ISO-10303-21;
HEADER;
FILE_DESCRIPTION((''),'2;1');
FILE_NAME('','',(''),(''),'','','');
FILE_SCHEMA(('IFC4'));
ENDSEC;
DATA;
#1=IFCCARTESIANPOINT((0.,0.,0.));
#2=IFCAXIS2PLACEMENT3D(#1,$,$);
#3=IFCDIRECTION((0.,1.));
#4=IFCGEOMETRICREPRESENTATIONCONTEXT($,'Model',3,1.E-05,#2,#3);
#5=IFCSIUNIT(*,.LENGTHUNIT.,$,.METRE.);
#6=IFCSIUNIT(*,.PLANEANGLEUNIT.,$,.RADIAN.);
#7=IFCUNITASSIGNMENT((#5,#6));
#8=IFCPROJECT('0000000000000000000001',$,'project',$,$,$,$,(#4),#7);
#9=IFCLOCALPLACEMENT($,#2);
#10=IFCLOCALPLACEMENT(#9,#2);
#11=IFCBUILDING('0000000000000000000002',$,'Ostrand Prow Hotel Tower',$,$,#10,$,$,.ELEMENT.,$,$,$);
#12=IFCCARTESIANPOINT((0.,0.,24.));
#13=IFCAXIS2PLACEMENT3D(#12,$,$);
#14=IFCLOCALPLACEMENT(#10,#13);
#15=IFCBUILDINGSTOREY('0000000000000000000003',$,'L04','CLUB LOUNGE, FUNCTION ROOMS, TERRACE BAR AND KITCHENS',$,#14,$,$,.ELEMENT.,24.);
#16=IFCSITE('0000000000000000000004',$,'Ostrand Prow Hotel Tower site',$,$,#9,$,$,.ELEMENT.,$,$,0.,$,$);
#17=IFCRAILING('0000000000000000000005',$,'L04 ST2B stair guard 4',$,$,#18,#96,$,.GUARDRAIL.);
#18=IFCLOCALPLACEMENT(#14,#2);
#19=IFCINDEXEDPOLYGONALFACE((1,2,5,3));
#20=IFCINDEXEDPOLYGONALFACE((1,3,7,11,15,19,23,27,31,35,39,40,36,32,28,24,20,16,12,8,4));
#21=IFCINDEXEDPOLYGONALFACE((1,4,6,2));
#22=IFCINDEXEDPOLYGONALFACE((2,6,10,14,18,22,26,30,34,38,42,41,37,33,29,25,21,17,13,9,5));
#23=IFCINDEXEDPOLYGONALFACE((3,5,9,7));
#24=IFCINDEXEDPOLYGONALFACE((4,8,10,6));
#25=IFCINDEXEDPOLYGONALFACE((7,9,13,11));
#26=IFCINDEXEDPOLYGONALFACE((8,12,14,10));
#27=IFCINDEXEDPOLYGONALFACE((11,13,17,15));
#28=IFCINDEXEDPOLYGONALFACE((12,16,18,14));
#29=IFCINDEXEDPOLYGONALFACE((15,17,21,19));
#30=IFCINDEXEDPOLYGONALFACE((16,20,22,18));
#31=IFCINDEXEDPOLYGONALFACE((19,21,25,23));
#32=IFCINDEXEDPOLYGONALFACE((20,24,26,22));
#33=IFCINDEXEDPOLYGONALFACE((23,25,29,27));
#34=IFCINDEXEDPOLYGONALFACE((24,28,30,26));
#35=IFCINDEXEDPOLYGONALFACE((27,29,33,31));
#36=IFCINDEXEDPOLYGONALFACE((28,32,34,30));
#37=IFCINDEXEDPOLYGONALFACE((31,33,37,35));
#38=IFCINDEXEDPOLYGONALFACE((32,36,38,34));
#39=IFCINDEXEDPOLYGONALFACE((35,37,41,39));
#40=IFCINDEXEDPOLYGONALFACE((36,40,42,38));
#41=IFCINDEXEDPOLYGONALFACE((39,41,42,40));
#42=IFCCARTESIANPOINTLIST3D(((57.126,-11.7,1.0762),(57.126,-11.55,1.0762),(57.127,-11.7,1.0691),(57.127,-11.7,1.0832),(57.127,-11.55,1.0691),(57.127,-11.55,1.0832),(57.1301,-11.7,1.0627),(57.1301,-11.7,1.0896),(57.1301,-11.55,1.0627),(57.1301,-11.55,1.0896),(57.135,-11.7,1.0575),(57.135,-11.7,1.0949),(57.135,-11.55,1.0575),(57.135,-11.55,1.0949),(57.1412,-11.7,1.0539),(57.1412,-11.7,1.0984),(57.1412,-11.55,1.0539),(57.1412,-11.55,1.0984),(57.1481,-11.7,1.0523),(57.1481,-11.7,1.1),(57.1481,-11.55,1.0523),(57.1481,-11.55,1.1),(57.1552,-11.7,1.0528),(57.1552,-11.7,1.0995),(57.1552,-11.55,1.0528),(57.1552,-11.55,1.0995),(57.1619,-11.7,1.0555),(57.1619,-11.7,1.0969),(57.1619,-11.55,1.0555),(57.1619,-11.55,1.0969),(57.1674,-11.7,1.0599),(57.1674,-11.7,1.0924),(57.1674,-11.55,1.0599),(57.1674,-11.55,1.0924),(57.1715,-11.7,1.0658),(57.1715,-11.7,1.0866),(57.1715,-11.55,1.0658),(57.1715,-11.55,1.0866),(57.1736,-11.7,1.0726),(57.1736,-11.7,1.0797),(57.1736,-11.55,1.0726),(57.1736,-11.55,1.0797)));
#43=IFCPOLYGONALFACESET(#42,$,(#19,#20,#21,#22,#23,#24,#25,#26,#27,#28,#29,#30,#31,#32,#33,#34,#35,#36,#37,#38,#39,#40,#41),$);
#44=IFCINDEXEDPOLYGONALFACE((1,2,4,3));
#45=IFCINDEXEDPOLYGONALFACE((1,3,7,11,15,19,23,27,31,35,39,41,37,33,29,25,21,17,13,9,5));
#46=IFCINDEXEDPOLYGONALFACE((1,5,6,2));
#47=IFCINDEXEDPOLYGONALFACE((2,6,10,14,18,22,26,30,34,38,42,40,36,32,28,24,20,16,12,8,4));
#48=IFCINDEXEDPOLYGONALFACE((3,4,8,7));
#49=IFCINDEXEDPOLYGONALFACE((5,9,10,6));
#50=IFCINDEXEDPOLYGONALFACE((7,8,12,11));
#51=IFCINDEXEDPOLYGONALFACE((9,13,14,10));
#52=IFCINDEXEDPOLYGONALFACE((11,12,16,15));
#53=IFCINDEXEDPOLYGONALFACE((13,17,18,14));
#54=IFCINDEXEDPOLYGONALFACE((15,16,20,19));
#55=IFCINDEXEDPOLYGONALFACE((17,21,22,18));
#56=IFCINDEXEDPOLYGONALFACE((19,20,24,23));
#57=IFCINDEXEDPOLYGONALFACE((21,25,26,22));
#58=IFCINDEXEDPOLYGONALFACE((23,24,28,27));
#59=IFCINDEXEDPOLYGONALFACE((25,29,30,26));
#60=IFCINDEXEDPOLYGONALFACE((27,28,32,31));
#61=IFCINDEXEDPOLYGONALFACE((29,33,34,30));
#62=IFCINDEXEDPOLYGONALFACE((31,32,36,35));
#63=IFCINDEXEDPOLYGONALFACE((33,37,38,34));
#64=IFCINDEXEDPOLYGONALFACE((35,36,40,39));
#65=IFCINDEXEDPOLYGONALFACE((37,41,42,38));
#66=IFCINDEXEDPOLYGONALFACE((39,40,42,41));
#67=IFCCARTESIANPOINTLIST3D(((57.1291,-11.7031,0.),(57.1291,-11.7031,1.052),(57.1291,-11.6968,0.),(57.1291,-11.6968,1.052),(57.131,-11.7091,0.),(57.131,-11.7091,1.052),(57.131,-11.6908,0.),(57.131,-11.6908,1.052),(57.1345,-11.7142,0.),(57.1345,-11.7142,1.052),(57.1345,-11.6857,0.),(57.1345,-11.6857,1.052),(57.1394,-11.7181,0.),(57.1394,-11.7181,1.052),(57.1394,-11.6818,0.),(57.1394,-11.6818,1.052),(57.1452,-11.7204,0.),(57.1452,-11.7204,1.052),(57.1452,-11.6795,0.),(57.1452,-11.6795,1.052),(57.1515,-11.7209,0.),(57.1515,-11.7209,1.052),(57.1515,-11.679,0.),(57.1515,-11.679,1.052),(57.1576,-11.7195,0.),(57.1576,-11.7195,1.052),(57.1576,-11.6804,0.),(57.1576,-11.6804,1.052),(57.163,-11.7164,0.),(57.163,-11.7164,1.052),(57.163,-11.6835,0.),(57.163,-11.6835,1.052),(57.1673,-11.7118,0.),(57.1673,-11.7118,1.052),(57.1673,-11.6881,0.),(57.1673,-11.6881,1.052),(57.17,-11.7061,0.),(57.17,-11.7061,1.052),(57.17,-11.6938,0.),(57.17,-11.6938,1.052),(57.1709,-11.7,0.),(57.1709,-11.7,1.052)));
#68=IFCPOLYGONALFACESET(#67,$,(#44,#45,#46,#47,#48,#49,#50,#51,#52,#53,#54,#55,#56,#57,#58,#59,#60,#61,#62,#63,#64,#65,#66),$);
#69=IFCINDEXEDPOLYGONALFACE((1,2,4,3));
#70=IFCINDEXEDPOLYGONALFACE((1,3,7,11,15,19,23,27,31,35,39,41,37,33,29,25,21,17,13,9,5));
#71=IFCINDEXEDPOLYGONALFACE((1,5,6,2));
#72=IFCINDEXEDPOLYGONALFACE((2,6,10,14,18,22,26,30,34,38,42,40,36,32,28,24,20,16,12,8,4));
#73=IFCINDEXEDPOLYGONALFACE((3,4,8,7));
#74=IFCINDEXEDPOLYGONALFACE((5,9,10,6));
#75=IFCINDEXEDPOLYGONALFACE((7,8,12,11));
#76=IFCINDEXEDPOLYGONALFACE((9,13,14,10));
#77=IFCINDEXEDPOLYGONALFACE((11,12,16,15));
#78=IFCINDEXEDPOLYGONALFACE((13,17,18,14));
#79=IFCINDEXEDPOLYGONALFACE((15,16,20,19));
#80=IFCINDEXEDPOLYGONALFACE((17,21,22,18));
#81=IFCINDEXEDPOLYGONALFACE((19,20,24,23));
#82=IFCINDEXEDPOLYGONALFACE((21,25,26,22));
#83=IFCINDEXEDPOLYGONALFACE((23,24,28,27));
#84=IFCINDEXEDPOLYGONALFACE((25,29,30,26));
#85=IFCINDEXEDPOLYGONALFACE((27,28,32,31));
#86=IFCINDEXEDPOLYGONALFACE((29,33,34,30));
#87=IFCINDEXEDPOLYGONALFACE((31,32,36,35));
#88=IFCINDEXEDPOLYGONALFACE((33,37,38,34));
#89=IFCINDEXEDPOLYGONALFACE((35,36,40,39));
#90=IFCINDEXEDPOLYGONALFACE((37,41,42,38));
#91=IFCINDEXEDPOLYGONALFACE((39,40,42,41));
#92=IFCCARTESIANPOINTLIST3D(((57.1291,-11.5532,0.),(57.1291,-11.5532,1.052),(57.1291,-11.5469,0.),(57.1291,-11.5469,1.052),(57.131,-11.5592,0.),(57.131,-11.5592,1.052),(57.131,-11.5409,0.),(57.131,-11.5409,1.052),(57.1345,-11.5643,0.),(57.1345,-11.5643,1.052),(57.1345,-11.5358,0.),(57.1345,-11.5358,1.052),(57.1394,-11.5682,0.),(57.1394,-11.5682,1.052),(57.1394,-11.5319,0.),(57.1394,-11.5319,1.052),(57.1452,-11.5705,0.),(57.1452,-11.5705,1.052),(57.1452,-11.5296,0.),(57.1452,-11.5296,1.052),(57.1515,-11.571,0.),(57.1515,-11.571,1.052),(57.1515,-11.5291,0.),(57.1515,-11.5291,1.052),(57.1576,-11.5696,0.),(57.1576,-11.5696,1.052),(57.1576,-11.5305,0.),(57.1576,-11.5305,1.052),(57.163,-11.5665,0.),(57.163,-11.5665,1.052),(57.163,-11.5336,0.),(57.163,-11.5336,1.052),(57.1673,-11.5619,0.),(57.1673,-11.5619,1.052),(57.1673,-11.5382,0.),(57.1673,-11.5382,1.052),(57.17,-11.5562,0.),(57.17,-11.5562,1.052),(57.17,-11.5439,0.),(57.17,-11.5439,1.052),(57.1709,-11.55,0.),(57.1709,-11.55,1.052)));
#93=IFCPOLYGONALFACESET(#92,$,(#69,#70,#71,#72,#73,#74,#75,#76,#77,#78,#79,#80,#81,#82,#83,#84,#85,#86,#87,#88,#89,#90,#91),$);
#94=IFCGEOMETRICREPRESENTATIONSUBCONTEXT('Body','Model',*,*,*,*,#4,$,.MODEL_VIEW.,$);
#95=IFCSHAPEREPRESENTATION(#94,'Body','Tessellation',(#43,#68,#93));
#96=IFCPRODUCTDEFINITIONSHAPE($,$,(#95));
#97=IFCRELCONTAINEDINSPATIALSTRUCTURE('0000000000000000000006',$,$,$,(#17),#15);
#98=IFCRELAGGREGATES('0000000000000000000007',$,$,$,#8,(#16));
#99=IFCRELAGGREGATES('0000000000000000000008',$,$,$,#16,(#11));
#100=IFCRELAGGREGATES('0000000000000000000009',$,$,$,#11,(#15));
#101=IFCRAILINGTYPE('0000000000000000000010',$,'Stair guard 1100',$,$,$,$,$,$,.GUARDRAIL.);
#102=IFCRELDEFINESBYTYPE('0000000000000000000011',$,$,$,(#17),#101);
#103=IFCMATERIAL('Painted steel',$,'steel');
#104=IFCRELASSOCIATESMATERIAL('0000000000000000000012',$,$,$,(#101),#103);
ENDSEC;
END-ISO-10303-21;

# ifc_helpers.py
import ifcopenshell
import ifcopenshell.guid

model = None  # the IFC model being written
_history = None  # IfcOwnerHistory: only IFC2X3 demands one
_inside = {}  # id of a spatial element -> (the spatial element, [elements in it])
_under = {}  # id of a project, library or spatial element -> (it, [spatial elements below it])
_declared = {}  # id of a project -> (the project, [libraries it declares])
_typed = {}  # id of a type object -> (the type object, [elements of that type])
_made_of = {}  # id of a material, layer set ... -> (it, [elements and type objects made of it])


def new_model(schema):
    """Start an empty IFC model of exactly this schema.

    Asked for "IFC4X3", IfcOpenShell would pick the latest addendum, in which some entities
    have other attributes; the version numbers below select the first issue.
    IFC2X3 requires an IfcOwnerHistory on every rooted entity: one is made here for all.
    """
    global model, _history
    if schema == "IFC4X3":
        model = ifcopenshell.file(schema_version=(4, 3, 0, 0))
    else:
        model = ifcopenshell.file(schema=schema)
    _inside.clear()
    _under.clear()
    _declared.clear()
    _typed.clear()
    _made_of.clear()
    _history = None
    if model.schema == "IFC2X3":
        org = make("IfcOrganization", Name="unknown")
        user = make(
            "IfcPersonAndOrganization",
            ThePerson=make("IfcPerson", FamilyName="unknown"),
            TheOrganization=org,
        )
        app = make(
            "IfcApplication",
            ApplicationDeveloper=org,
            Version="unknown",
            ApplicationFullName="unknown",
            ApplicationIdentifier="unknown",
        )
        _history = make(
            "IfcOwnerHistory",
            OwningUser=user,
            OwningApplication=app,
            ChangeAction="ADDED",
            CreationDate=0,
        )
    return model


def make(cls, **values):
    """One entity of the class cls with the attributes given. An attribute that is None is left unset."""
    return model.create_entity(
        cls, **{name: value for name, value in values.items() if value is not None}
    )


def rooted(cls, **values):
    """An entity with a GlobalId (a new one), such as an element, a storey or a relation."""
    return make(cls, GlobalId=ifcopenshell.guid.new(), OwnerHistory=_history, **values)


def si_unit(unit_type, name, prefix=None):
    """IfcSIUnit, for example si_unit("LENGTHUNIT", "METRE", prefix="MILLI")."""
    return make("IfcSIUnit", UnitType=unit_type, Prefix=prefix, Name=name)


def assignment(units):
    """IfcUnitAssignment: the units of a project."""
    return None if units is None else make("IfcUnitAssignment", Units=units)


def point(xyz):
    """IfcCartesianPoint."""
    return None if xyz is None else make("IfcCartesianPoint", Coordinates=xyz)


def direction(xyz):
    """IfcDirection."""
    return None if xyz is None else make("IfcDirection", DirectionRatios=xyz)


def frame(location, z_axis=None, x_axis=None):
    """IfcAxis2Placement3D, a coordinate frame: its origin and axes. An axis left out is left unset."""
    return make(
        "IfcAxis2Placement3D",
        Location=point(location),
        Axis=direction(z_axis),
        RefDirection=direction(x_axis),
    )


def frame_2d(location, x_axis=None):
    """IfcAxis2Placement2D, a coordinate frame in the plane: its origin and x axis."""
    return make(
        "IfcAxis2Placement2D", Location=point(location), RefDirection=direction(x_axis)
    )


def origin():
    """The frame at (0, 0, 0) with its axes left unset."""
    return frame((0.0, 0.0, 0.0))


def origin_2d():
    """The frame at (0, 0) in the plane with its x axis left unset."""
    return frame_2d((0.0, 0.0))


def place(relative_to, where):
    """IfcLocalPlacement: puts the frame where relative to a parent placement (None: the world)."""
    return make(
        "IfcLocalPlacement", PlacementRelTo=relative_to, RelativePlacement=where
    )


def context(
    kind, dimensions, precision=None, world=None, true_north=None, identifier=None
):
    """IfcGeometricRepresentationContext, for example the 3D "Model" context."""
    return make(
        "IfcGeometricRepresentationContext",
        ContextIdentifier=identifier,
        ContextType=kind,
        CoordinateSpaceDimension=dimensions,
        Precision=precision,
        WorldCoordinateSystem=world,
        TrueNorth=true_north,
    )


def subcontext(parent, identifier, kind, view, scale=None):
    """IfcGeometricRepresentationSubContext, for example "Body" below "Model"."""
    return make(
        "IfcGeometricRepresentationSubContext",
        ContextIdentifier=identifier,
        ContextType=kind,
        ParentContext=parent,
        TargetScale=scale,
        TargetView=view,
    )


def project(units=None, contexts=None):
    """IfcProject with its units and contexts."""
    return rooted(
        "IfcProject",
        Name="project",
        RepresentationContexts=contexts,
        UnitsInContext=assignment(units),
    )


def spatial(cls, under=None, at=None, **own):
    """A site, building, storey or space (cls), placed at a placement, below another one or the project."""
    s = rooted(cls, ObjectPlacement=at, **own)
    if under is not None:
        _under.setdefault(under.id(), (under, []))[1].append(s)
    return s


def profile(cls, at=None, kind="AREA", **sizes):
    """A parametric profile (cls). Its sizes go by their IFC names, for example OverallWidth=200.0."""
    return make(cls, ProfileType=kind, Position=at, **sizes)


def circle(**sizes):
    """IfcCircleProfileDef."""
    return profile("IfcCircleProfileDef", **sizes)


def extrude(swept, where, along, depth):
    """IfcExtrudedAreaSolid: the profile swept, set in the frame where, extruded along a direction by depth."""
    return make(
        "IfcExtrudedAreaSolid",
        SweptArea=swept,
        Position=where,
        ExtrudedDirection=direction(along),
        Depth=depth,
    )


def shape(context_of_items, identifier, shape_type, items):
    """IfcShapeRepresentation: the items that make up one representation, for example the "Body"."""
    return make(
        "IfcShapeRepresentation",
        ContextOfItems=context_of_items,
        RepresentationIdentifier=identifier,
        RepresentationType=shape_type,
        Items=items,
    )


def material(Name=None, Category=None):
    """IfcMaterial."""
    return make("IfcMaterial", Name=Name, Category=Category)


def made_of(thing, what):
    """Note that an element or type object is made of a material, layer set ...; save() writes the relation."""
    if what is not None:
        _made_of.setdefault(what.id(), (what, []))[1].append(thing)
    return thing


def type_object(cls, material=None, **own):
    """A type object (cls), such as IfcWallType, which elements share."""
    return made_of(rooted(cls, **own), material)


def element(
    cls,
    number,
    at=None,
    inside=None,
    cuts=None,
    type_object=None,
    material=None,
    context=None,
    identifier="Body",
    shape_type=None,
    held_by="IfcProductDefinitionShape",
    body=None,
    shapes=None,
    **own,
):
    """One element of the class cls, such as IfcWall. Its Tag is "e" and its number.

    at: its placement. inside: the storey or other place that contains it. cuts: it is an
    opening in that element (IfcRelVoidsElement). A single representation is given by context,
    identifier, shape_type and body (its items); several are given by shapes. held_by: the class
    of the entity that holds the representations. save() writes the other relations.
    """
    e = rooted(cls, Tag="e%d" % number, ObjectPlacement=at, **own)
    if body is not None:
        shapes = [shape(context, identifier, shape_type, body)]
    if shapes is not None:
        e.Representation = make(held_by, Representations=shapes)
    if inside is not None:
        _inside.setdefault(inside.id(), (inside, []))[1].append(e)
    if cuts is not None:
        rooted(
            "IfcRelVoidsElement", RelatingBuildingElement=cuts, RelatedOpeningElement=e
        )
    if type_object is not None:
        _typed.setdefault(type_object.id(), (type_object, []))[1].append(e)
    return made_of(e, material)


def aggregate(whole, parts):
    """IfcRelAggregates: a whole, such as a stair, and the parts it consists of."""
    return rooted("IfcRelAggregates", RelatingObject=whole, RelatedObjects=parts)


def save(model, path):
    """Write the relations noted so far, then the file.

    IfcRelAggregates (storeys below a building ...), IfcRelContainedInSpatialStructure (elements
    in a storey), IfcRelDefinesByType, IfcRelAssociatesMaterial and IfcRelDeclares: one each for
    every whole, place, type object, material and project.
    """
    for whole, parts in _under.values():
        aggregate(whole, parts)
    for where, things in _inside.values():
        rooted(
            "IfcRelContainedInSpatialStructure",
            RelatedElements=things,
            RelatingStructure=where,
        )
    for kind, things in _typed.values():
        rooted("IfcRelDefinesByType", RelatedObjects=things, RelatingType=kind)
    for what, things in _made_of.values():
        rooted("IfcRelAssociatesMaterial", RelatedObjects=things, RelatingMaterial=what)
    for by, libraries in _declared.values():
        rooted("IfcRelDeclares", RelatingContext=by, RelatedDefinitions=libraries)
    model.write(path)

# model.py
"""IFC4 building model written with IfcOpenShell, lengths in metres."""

from ifc_helpers import new_model, si_unit, direction, frame, origin, origin_2d, place, context, subcontext, project, spatial, circle, extrude, material, type_object, element, save


model = new_model("IFC4")

# Units and contexts
model_context = context("Model", 3, precision=1e-05, world=origin(), true_north=direction((0.0, 1.0)))
body_context = subcontext(model_context, "Body", "Model", "MODEL_VIEW")
ifc_project = project(units=[si_unit("LENGTHUNIT", "METRE"), si_unit("PLANEANGLEUNIT", "RADIAN")], contexts=[model_context])

# Site, building, storey
site_placement = place(None, origin())
site = spatial("IfcSite", under=ifc_project, at=site_placement, Name="Ostrand Prow Hotel Tower site", CompositionType="ELEMENT", RefElevation=0.0)
building_placement = place(site_placement, origin())
building = spatial("IfcBuilding", under=site, at=building_placement, Name="Ostrand Prow Hotel Tower", CompositionType="ELEMENT")
storey_placement = place(building_placement, frame((0.0, 0.0, 24.0)))
storey = spatial("IfcBuildingStorey", under=building, at=storey_placement, Name="L04", Description="CLUB LOUNGE, FUNCTION ROOMS, TERRACE BAR AND KITCHENS", CompositionType="ELEMENT", Elevation=24.0)

# Railing
ifc_material_1 = material(Name="Painted steel", Category="steel")
railing_type_1 = type_object("IfcRailingType", Name="Stair guard 1100", PredefinedType="GUARDRAIL", material=ifc_material_1)
railing_1_placement = place(storey_placement, frame((57.1499, -11.7, 0.0)))
element("IfcRailing", 1, at=railing_1_placement, inside=storey, type_object=railing_type_1, Name="L04 ST2B stair guard 4", PredefinedType="GUARDRAIL", context=body_context, shape_type="SweptSolid", body=[
    extrude(circle(Radius=0.0239, at=origin_2d()), frame((0.0, 0.0, 1.0762), z_axis=(0.0, 1.0, 0.0), x_axis=(-1.0, 0.0, 0.0)), (0.0, 0.0, 1.0), 0.1499),
    extrude(circle(Radius=0.021, at=origin_2d()), origin(), (0.0, 0.0, 1.0), 1.052),
    extrude(circle(Radius=0.021, at=origin_2d()), frame((0.0, 0.1499, 0.0)), (0.0, 0.0, 1.0), 1.052),
])

save(model, "model.ifc")
